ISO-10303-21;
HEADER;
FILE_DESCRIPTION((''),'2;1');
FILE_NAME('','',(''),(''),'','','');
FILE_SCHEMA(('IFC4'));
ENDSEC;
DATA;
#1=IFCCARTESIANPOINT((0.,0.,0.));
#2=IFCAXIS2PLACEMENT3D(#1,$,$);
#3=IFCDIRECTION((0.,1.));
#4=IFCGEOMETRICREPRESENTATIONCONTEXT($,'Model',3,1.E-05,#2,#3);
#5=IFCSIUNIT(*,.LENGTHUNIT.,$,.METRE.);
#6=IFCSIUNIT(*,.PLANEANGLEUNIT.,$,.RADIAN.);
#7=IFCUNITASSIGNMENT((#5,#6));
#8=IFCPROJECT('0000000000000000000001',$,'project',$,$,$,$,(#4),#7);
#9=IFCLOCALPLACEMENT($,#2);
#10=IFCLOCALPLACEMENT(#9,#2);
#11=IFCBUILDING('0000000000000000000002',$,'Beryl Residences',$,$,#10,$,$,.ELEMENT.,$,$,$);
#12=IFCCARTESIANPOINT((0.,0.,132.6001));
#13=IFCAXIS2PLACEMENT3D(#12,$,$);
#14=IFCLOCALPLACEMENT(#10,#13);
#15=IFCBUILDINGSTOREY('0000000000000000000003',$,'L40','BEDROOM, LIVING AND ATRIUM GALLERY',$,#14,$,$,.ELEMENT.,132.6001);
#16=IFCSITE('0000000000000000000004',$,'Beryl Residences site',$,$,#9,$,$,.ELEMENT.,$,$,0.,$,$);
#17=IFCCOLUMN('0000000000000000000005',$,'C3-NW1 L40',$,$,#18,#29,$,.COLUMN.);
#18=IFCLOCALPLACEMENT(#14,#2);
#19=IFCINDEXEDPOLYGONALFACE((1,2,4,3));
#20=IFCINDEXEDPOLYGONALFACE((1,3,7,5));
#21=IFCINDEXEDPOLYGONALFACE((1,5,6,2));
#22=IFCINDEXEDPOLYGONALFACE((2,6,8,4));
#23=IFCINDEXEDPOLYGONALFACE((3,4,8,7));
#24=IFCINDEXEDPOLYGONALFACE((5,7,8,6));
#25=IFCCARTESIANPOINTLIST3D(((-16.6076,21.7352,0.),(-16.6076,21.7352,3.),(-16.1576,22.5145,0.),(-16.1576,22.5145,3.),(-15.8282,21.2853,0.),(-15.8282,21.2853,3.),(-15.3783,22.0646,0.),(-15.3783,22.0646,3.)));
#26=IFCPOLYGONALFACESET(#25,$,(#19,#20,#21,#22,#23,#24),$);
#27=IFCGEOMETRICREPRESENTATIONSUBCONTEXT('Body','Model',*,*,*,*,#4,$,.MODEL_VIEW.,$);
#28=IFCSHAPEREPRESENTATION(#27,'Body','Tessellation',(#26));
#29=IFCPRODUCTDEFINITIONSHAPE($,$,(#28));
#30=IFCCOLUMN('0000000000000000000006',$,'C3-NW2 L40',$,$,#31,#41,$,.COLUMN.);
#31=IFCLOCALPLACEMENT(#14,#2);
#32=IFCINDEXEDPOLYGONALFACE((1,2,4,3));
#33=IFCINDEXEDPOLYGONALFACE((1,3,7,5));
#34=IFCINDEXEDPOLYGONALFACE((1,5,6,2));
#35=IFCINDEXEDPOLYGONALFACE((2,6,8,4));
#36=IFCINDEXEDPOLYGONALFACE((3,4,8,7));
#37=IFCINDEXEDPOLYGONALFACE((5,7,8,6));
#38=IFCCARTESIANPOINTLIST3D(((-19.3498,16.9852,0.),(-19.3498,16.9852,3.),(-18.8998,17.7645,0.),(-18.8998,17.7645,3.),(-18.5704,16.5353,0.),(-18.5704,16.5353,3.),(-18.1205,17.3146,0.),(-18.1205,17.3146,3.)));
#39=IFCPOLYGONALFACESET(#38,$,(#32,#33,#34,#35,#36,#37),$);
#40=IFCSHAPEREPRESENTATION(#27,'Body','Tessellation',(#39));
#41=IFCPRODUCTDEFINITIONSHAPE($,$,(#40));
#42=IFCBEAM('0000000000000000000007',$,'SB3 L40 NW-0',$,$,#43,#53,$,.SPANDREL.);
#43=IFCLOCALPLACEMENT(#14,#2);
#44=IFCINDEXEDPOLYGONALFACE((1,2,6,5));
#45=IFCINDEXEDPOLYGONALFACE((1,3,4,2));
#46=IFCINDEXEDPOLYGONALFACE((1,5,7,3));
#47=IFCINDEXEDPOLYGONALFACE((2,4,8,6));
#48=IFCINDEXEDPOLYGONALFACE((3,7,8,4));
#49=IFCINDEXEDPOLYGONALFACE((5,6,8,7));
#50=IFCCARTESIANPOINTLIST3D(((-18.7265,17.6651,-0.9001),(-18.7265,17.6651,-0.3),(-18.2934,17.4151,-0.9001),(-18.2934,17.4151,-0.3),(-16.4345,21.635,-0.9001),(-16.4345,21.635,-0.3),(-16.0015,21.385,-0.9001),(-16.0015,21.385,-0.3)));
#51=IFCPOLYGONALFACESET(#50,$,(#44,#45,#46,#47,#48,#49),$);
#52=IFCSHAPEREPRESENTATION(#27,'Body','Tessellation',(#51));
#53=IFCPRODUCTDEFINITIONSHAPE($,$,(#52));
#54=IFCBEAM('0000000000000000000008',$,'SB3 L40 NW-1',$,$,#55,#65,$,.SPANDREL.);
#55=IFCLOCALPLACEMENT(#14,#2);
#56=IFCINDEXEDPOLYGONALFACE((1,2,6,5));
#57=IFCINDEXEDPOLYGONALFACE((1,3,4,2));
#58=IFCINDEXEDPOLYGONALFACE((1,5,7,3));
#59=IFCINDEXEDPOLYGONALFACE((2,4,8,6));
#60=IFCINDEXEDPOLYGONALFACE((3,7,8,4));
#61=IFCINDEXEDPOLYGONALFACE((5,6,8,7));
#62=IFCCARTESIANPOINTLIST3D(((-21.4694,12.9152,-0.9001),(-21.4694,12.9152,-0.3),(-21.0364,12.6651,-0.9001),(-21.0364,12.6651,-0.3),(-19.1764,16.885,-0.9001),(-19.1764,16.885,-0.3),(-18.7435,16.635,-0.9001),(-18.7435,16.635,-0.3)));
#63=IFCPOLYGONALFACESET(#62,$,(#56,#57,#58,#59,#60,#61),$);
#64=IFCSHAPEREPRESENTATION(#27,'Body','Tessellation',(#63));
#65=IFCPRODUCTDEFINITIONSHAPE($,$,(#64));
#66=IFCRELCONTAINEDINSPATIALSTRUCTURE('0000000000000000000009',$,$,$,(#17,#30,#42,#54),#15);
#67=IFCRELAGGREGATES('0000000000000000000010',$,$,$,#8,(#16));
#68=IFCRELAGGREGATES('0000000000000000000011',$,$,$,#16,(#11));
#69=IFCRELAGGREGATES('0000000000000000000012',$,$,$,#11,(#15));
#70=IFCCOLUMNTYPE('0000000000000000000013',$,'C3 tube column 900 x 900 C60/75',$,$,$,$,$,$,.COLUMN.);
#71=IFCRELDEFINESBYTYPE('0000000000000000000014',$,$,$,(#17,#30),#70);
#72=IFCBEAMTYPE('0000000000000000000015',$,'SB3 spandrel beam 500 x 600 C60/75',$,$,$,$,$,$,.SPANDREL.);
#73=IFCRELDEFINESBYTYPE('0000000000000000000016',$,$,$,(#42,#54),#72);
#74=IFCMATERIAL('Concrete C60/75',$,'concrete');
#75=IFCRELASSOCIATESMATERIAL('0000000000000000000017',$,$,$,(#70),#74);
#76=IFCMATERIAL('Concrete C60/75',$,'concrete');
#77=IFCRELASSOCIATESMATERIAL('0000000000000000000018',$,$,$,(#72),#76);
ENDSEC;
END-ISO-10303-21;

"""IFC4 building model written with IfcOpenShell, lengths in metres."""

from ifc_helpers import new_model, si_unit, direction, frame, origin, origin_2d, place, context, subcontext, project, spatial, rectangle, extrude, material, material_profile, profile_set, type_object, element, save


model = new_model("IFC4")

# Units and contexts
model_context = context("Model", 3, precision=1e-05, world=origin(), true_north=direction((0.0, 1.0)))
body_context = subcontext(model_context, "Body", "Model", "MODEL_VIEW")
ifc_project = project(units=[si_unit("LENGTHUNIT", "METRE"), si_unit("PLANEANGLEUNIT", "RADIAN")], contexts=[model_context])

# Site, building, storey
site_placement = place(None, origin())
site = spatial("IfcSite", under=ifc_project, at=site_placement, Name="Beryl Residences site", CompositionType="ELEMENT", RefElevation=0.0)
building_placement = place(site_placement, origin())
building = spatial("IfcBuilding", under=site, at=building_placement, Name="Beryl Residences", CompositionType="ELEMENT")
storey_placement = place(building_placement, frame((0.0, 0.0, 132.6001)))
storey = spatial("IfcBuildingStorey", under=building, at=storey_placement, Name="L40", Description="BEDROOM, LIVING AND ATRIUM GALLERY", CompositionType="ELEMENT", Elevation=132.6001)

# Columns
ifc_material_1 = material(Name="Concrete C60/75", Category="concrete")
ifc_material_profile_1 = material_profile(ifc_material_1, rectangle(XDim=0.8999, YDim=0.8999, at=origin_2d()))
ifc_profile_set_1 = profile_set([ifc_material_profile_1], Name="Concrete C60/75")
column_type = type_object("IfcColumnType", Name="C3 tube column 900 x 900 C60/75", PredefinedType="COLUMN", material=ifc_profile_set_1)
for number, where, z_axis, x_axis, name in (
    (1, (-15.9929, 21.8999, 0.0), (0.0, 0.0, 1.0), (-0.5, -0.866025, 0.0), "C3-NW1 L40"),
    (2, (-18.7351, 17.1499, 0.0), (0.0, 0.0, 1.0), (-0.5, -0.866025, 0.0), "C3-NW2 L40"),
):
    element("IfcColumn", number, at=place(storey_placement, frame(where, z_axis=z_axis, x_axis=x_axis)), inside=storey, type_object=column_type, Name=name, PredefinedType="COLUMN", context=body_context, shape_type="SweptSolid", body=[
        extrude(rectangle(XDim=0.8999, YDim=0.8999, at=origin_2d()), origin(), (0.0, 0.0, 1.0), 3.0),
    ])

# Beams
ifc_material_2 = material(Name="Concrete C60/75", Category="concrete")
ifc_material_profile_2 = material_profile(ifc_material_2, rectangle(XDim=0.5, YDim=0.6001, at=origin_2d()))
ifc_profile_set_2 = profile_set([ifc_material_profile_2], Name="Concrete C60/75")
beam_type = type_object("IfcBeamType", Name="SB3 spandrel beam 500 x 600 C60/75", PredefinedType="SPANDREL", material=ifc_profile_set_2)
beam_1_placement = place(storey_placement, frame((-16.218, 21.51, -0.6001), z_axis=(-0.499988, -0.866032, 0.0), x_axis=(0.866032, -0.499988, 0.0)))
element("IfcBeam", 3, at=beam_1_placement, inside=storey, type_object=beam_type, Name="SB3 L40 NW-0", PredefinedType="SPANDREL", context=body_context, shape_type="SweptSolid", body=[
    extrude(rectangle(XDim=0.5, YDim=0.6001, at=origin_2d()), origin(), (0.0, 0.0, 1.0), 4.584),
])
beam_2_placement = place(storey_placement, frame((-18.96, 16.76, -0.6001), z_axis=(-0.500148, -0.86594, 0.0), x_axis=(0.86594, -0.500148, 0.0)))
element("IfcBeam", 4, at=beam_2_placement, inside=storey, type_object=beam_type, Name="SB3 L40 NW-1", PredefinedType="SPANDREL", context=body_context, shape_type="SweptSolid", body=[
    extrude(rectangle(XDim=0.5, YDim=0.6001, at=origin_2d()), origin(), (0.0, 0.0, 1.0), 4.5845),
])

save(model, "model.ifc")
